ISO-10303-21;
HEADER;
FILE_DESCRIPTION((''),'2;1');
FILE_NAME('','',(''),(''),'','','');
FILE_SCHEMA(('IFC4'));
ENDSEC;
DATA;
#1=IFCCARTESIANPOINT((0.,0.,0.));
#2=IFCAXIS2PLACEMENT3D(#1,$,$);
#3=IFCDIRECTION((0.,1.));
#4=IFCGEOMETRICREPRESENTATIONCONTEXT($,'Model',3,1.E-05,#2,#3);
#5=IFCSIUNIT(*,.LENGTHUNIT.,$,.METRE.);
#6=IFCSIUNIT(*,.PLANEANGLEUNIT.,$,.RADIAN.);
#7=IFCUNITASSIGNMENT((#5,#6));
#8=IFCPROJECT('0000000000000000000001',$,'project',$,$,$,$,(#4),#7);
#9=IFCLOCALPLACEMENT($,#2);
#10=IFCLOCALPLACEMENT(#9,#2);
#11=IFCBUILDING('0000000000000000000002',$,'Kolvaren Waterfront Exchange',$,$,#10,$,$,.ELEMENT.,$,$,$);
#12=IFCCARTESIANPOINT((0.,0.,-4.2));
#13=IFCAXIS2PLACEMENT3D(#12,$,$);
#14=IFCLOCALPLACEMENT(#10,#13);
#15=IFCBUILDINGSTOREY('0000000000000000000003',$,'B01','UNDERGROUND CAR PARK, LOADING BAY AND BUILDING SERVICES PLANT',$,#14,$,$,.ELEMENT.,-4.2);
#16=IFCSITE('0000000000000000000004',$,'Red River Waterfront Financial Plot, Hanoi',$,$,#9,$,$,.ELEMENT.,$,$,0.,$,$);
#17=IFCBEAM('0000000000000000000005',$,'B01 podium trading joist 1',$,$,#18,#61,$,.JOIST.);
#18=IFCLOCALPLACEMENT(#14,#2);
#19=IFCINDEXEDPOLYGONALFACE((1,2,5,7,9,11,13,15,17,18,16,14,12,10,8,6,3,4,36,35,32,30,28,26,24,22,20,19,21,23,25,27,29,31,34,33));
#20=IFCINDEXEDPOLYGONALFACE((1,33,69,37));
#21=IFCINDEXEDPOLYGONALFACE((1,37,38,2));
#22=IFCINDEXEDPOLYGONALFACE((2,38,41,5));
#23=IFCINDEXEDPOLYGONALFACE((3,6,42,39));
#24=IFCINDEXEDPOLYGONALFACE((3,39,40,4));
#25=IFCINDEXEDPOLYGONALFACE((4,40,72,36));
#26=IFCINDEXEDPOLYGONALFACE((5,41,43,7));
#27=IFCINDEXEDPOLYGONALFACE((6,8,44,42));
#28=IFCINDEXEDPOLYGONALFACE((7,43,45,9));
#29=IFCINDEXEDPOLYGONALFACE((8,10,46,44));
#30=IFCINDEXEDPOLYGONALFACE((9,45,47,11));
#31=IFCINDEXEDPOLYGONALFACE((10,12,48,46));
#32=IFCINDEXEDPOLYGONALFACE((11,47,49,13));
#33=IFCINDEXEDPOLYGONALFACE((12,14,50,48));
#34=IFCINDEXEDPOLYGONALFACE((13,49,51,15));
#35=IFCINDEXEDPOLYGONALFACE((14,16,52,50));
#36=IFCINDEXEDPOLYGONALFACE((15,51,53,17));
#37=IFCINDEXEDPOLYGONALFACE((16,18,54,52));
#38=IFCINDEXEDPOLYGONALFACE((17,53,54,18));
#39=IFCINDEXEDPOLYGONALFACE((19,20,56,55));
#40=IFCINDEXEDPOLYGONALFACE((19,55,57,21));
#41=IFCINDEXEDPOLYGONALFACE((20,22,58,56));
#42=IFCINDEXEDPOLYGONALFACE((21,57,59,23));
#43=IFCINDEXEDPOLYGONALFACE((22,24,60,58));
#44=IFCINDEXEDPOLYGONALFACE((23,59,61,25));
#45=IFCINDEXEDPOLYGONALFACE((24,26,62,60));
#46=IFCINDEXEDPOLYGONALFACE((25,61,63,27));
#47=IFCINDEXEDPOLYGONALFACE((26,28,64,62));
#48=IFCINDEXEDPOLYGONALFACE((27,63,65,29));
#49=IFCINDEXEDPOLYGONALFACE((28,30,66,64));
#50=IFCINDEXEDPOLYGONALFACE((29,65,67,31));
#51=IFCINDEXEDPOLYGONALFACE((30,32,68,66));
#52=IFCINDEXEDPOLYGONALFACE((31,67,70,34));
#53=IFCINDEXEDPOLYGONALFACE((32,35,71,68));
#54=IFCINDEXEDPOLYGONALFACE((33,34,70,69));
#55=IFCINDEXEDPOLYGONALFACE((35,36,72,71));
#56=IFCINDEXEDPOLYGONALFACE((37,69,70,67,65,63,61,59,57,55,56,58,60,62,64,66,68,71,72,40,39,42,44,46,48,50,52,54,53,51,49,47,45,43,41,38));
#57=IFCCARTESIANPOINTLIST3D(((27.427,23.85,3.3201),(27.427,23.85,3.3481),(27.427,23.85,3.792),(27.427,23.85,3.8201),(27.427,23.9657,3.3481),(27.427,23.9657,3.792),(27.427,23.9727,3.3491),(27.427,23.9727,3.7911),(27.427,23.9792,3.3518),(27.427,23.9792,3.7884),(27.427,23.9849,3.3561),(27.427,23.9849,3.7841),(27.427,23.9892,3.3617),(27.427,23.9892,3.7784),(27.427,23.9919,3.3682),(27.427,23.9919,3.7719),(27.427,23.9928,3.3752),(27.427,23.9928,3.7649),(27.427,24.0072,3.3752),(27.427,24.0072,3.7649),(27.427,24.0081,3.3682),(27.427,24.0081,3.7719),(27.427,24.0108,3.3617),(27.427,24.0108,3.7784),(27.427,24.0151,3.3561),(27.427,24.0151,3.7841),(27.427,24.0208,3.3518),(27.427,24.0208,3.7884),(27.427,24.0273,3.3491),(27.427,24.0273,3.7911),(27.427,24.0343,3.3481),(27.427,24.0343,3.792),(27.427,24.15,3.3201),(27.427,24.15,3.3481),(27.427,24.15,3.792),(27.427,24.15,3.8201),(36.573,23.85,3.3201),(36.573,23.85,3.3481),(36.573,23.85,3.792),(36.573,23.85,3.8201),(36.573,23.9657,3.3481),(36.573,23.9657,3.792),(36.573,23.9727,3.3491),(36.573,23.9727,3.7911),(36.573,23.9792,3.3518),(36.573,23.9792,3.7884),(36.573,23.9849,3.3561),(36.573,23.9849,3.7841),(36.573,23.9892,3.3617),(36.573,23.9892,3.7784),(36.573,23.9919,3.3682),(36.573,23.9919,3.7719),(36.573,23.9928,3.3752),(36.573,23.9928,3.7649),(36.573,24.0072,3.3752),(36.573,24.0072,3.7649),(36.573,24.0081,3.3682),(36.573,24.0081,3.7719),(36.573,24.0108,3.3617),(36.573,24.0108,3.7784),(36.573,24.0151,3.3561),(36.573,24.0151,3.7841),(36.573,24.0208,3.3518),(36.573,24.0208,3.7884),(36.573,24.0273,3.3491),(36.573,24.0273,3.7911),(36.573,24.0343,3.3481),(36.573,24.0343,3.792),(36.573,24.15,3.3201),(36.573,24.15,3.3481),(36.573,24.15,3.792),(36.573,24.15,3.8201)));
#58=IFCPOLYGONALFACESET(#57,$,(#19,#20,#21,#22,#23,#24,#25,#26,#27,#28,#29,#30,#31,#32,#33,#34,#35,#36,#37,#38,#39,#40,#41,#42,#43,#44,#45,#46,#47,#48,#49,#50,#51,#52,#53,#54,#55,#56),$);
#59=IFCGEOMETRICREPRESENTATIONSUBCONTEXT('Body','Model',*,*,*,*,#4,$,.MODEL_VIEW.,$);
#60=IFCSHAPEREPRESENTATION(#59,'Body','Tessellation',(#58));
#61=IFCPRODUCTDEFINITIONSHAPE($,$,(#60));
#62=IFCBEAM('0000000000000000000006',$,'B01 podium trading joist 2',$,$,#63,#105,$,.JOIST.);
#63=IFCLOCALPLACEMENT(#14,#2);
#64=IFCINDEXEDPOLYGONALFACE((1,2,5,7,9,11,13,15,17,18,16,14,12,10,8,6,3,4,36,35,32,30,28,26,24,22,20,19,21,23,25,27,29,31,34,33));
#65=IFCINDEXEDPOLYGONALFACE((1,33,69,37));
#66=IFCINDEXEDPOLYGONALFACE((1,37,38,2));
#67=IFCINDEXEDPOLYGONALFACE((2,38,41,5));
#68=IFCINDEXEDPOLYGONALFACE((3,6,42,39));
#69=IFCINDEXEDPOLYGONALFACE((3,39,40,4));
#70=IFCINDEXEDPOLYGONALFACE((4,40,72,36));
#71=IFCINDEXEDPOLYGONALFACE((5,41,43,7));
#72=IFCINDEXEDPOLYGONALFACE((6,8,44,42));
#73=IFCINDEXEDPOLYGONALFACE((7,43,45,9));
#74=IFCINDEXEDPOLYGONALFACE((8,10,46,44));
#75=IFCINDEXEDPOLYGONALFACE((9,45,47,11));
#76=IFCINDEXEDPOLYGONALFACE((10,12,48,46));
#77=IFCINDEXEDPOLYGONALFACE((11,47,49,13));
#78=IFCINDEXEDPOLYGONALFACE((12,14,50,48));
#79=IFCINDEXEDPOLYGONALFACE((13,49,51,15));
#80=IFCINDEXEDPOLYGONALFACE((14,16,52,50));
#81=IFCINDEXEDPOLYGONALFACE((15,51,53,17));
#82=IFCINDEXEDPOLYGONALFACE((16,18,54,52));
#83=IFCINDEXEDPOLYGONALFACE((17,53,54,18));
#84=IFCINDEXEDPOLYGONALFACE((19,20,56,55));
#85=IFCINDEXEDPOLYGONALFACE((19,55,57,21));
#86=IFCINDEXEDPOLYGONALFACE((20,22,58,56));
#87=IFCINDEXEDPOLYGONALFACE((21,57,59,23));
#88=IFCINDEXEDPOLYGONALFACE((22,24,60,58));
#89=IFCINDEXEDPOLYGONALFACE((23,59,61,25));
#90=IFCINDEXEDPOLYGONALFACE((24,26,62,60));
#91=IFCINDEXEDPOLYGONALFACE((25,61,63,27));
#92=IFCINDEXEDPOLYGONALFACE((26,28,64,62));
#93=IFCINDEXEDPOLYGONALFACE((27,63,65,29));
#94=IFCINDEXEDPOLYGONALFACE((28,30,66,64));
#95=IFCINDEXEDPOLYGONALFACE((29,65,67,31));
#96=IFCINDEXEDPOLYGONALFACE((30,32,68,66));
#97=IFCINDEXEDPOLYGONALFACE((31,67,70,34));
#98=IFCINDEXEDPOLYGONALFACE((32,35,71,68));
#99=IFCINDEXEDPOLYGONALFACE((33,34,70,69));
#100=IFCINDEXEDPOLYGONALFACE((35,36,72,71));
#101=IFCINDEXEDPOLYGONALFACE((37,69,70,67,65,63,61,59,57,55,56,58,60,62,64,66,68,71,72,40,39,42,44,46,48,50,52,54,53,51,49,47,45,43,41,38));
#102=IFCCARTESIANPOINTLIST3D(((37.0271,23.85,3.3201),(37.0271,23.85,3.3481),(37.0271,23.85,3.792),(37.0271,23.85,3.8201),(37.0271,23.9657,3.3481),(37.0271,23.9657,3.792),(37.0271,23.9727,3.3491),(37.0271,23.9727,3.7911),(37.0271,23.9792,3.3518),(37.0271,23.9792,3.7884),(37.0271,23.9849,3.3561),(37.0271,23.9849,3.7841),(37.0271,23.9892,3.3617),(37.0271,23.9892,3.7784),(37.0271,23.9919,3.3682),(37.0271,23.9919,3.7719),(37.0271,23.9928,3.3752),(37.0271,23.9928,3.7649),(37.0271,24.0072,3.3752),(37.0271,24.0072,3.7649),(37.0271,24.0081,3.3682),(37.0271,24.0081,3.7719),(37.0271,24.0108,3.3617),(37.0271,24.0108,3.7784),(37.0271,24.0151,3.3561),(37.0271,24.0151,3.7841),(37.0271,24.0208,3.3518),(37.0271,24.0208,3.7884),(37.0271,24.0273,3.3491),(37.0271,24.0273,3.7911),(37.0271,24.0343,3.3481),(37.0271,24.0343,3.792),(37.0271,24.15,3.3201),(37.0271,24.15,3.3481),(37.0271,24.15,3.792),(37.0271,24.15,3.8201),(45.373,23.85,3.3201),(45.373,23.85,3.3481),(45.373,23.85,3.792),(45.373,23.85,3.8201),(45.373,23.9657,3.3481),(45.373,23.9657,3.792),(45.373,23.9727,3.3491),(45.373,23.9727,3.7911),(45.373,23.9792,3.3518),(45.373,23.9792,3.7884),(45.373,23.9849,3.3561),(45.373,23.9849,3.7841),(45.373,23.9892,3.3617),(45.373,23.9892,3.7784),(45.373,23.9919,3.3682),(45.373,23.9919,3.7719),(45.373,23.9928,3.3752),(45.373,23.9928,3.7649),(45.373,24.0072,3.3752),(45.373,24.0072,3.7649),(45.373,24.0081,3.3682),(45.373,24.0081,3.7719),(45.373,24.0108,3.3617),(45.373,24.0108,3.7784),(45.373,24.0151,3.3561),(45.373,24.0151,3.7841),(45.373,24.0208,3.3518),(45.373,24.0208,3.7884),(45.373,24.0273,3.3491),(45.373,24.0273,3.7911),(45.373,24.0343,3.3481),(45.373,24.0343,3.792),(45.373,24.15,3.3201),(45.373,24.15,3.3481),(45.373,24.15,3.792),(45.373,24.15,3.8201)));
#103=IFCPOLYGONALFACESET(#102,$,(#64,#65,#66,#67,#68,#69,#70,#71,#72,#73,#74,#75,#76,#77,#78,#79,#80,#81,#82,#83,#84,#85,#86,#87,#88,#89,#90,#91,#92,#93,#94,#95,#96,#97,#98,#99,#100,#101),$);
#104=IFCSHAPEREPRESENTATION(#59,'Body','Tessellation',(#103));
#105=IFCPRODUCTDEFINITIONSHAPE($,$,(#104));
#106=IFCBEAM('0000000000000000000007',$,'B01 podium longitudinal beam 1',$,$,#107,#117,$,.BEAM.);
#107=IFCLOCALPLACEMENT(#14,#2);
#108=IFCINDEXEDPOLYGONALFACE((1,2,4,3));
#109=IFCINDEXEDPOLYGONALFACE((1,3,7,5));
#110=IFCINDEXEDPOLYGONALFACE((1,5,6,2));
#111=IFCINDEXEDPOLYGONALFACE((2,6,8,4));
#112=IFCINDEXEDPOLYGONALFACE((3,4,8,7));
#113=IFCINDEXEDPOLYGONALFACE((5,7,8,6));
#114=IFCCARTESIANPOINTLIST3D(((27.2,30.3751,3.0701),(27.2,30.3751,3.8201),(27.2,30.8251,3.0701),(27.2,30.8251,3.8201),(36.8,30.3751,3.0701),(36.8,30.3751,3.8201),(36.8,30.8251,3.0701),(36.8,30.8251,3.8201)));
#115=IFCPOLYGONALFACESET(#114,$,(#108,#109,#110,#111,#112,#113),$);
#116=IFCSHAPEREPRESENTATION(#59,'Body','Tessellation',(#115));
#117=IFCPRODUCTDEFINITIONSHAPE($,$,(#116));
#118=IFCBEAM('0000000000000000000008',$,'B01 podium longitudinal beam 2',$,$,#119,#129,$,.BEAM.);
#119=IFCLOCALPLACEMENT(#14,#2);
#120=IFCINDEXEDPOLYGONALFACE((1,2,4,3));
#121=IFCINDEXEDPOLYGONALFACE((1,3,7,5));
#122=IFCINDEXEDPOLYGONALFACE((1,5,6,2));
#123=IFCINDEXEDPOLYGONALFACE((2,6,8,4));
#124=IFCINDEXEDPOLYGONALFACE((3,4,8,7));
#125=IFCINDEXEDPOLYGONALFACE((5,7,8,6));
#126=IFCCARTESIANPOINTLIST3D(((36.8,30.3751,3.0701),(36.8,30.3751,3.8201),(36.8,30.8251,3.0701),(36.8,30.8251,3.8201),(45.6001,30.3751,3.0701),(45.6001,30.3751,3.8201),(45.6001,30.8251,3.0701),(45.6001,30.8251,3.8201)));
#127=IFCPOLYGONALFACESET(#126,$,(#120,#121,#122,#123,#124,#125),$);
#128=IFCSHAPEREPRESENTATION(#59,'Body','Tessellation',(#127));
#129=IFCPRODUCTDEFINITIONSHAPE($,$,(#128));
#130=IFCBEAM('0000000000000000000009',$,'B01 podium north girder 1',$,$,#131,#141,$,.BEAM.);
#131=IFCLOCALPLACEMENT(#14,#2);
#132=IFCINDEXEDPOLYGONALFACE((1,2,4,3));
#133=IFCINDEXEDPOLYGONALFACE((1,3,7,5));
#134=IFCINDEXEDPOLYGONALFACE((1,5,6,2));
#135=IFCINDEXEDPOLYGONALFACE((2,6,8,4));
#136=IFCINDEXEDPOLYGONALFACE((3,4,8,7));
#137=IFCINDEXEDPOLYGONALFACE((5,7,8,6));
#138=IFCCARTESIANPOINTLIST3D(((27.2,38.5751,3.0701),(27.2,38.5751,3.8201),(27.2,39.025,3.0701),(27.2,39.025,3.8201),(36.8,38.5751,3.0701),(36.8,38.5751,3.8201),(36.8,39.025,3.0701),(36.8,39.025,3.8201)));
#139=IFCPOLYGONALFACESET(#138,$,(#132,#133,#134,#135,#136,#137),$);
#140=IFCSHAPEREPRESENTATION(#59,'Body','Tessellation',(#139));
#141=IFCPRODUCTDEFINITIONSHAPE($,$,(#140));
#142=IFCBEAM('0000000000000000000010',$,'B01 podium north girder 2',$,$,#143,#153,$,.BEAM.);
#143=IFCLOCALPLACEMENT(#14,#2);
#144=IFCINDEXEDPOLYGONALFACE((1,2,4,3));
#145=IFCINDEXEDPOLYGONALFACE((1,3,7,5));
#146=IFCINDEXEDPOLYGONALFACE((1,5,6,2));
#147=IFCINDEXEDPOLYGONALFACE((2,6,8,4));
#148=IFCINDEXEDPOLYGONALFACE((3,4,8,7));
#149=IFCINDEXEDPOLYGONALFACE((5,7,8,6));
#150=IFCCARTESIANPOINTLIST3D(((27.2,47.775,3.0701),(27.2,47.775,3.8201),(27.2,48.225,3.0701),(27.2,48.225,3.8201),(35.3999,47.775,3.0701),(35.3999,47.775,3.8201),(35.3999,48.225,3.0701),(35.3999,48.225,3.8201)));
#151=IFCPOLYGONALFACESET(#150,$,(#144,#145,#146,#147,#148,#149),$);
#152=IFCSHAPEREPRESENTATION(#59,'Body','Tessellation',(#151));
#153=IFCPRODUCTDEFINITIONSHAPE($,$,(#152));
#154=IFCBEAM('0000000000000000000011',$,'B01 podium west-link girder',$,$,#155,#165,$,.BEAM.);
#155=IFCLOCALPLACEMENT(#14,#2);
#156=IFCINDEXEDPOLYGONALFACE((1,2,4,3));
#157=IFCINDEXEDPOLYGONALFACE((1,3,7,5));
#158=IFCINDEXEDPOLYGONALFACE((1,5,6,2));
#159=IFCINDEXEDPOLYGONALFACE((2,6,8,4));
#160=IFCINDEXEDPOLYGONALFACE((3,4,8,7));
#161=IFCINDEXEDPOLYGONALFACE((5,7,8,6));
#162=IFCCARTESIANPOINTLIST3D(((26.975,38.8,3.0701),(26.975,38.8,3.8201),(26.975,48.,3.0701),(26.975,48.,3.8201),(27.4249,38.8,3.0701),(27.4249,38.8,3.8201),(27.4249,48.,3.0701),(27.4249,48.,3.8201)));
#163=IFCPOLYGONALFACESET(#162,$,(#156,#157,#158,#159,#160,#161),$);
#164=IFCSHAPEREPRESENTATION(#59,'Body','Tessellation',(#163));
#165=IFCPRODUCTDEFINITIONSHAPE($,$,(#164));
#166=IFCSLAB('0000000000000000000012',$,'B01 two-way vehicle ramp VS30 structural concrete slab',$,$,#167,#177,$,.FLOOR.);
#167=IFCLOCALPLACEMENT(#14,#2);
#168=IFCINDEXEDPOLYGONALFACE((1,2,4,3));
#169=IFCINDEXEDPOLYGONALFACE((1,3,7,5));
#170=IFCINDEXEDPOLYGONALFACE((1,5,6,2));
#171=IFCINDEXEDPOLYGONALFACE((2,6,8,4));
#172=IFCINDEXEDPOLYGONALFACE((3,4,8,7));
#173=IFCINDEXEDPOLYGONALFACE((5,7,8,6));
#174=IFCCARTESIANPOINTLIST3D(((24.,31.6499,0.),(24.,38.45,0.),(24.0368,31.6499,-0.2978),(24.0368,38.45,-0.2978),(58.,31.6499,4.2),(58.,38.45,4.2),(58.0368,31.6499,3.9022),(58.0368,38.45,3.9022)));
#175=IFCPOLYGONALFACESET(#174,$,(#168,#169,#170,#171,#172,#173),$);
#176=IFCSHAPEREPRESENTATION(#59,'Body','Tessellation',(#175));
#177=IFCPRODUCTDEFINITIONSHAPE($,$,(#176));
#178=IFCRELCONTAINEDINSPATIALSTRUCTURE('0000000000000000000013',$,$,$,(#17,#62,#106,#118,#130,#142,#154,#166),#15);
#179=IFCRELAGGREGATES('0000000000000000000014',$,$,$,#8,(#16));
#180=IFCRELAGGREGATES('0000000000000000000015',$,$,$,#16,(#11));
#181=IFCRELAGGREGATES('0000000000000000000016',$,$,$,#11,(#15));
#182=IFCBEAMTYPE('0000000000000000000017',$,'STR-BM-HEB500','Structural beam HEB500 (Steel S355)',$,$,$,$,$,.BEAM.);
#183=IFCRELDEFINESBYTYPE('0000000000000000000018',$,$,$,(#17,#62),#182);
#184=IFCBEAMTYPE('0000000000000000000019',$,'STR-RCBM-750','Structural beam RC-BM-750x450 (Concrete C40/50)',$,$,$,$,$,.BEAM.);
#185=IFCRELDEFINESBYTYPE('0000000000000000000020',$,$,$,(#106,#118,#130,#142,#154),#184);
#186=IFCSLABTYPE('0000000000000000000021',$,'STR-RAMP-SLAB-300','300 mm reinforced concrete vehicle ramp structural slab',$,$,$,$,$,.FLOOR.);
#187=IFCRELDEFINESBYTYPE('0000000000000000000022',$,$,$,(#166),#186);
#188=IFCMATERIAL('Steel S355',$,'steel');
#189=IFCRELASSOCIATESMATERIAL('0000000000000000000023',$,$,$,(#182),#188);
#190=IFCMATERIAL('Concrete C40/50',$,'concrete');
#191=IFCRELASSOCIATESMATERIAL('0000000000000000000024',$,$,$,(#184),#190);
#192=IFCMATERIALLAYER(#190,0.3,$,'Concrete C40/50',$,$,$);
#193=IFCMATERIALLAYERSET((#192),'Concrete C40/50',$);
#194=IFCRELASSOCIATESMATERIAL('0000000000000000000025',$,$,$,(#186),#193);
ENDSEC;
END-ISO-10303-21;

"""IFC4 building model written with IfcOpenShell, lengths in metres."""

from ifc_helpers import new_model, si_unit, direction, frame, origin, origin_2d, place, context, subcontext, project, spatial, polyline, rectangle, i_section, outline, extrude, material, layer, layer_set, material_profile, profile_set, type_object, element, save


model = new_model("IFC4")

# Units and contexts
model_context = context("Model", 3, precision=1e-05, world=origin(), true_north=direction((0.0, 1.0)))
body_context = subcontext(model_context, "Body", "Model", "MODEL_VIEW")
ifc_project = project(units=[si_unit("LENGTHUNIT", "METRE"), si_unit("PLANEANGLEUNIT", "RADIAN")], contexts=[model_context])

# Site, building, storey
site_placement = place(None, origin())
site = spatial("IfcSite", under=ifc_project, at=site_placement, Name="Red River Waterfront Financial Plot, Hanoi", CompositionType="ELEMENT", RefElevation=0.0)
building_placement = place(site_placement, origin())
building = spatial("IfcBuilding", under=site, at=building_placement, Name="Kolvaren Waterfront Exchange", CompositionType="ELEMENT")
storey_placement = place(building_placement, frame((0.0, 0.0, -4.2)))
storey = spatial("IfcBuildingStorey", under=building, at=storey_placement, Name="B01", Description="UNDERGROUND CAR PARK, LOADING BAY AND BUILDING SERVICES PLANT", CompositionType="ELEMENT", Elevation=-4.2)

# Beams
ifc_material_1 = material(Name="Steel S355", Category="steel")
ifc_material_profile_1 = material_profile(ifc_material_1, i_section(OverallWidth=0.3, OverallDepth=0.5, WebThickness=0.0144, FlangeThickness=0.0281, FilletRadius=0.0271, at=origin_2d()), Name="HEB500")
ifc_profile_set_1 = profile_set([ifc_material_profile_1], Name="Steel S355")
beam_type_1 = type_object("IfcBeamType", Name="STR-BM-HEB500", Description="Structural beam HEB500 (Steel S355)", PredefinedType="BEAM", material=ifc_profile_set_1)
beam_1_placement = place(storey_placement, frame((27.427, 24.0, 3.5701), z_axis=(1.0, 0.0, 0.0), x_axis=(0.0, 1.0, 0.0)))
element("IfcBeam", 1, at=beam_1_placement, inside=storey, type_object=beam_type_1, Name="B01 podium trading joist 1", PredefinedType="JOIST", context=body_context, shape_type="SweptSolid", body=[
    extrude(i_section(OverallWidth=0.3, OverallDepth=0.5, WebThickness=0.0144, FlangeThickness=0.0281, FilletRadius=0.0271, at=origin_2d()), origin(), (0.0, 0.0, 1.0), 9.146),
])
beam_2_placement = place(storey_placement, frame((37.0271, 24.0, 3.5701), z_axis=(1.0, 0.0, 0.0), x_axis=(0.0, 1.0, 0.0)))
element("IfcBeam", 2, at=beam_2_placement, inside=storey, type_object=beam_type_1, Name="B01 podium trading joist 2", PredefinedType="JOIST", context=body_context, shape_type="SweptSolid", body=[
    extrude(i_section(OverallWidth=0.3, OverallDepth=0.5, WebThickness=0.0144, FlangeThickness=0.0281, FilletRadius=0.0271, at=origin_2d()), origin(), (0.0, 0.0, 1.0), 8.3459),
])
ifc_material_2 = material(Name="Concrete C40/50", Category="concrete")
ifc_material_profile_2 = material_profile(ifc_material_2, rectangle(XDim=0.45, YDim=0.75, at=origin_2d()), Name="RC-BM-750x450")
ifc_profile_set_2 = profile_set([ifc_material_profile_2], Name="Concrete C40/50")
beam_type_2 = type_object("IfcBeamType", Name="STR-RCBM-750", Description="Structural beam RC-BM-750x450 (Concrete C40/50)", PredefinedType="BEAM", material=ifc_profile_set_2)
beam_3_placement = place(storey_placement, frame((27.2, 30.6001, 3.4451), z_axis=(1.0, 0.0, 0.0), x_axis=(0.0, 1.0, 0.0)))
element("IfcBeam", 3, at=beam_3_placement, inside=storey, type_object=beam_type_2, Name="B01 podium longitudinal beam 1", PredefinedType="BEAM", context=body_context, shape_type="SweptSolid", body=[
    extrude(rectangle(XDim=0.45, YDim=0.75, at=origin_2d()), origin(), (0.0, 0.0, 1.0), 9.6001),
])
beam_4_placement = place(storey_placement, frame((36.8, 30.6001, 3.4451), z_axis=(1.0, 0.0, 0.0), x_axis=(0.0, 1.0, 0.0)))
element("IfcBeam", 4, at=beam_4_placement, inside=storey, type_object=beam_type_2, Name="B01 podium longitudinal beam 2", PredefinedType="BEAM", context=body_context, shape_type="SweptSolid", body=[
    extrude(rectangle(XDim=0.45, YDim=0.75, at=origin_2d()), origin(), (0.0, 0.0, 1.0), 8.8),
])
beam_5_placement = place(storey_placement, frame((27.2, 38.8, 3.4451), z_axis=(1.0, 0.0, 0.0), x_axis=(0.0, 1.0, 0.0)))
element("IfcBeam", 5, at=beam_5_placement, inside=storey, type_object=beam_type_2, Name="B01 podium north girder 1", PredefinedType="BEAM", context=body_context, shape_type="SweptSolid", body=[
    extrude(rectangle(XDim=0.45, YDim=0.75, at=origin_2d()), origin(), (0.0, 0.0, 1.0), 9.6001),
])
beam_6_placement = place(storey_placement, frame((27.2, 48.0, 3.4451), z_axis=(1.0, 0.0, 0.0), x_axis=(0.0, 1.0, 0.0)))
element("IfcBeam", 6, at=beam_6_placement, inside=storey, type_object=beam_type_2, Name="B01 podium north girder 2", PredefinedType="BEAM", context=body_context, shape_type="SweptSolid", body=[
    extrude(rectangle(XDim=0.45, YDim=0.75, at=origin_2d()), origin(), (0.0, 0.0, 1.0), 8.2),
])
beam_7_placement = place(storey_placement, frame((27.2, 38.8, 3.4451), z_axis=(0.0, 1.0, 0.0), x_axis=(-1.0, 0.0, 0.0)))
element("IfcBeam", 7, at=beam_7_placement, inside=storey, type_object=beam_type_2, Name="B01 podium west-link girder", PredefinedType="BEAM", context=body_context, shape_type="SweptSolid", body=[
    extrude(rectangle(XDim=0.45, YDim=0.75, at=origin_2d()), origin(), (0.0, 0.0, 1.0), 9.2),
])

# Slab
ifc_layer_1 = layer(ifc_material_2, 0.3, Name="Concrete C40/50")
ifc_layer_set_1 = layer_set([ifc_layer_1], Name="Concrete C40/50")
slab_type = type_object("IfcSlabType", Name="STR-RAMP-SLAB-300", Description="300 mm reinforced concrete vehicle ramp structural slab", PredefinedType="FLOOR", material=ifc_layer_set_1)
slab_placement = place(storey_placement, frame((24.0, 31.6499, 0.0), z_axis=(-0.122596, 0.0, 0.992457), x_axis=(0.992457, 0.0, 0.122596)))
element("IfcSlab", 8, at=slab_placement, inside=storey, type_object=slab_type, Name="B01 two-way vehicle ramp VS30 structural concrete slab", PredefinedType="FLOOR", context=body_context, shape_type="SweptSolid", body=[
    extrude(outline(polyline([(0.0, 0.0), (34.2584, 0.0), (34.2584, 6.8), (0.0, 6.8), (0.0, 0.0)])), origin(), (0.0, 0.0, -1.0), 0.3),
])

save(model, "model.ifc")
